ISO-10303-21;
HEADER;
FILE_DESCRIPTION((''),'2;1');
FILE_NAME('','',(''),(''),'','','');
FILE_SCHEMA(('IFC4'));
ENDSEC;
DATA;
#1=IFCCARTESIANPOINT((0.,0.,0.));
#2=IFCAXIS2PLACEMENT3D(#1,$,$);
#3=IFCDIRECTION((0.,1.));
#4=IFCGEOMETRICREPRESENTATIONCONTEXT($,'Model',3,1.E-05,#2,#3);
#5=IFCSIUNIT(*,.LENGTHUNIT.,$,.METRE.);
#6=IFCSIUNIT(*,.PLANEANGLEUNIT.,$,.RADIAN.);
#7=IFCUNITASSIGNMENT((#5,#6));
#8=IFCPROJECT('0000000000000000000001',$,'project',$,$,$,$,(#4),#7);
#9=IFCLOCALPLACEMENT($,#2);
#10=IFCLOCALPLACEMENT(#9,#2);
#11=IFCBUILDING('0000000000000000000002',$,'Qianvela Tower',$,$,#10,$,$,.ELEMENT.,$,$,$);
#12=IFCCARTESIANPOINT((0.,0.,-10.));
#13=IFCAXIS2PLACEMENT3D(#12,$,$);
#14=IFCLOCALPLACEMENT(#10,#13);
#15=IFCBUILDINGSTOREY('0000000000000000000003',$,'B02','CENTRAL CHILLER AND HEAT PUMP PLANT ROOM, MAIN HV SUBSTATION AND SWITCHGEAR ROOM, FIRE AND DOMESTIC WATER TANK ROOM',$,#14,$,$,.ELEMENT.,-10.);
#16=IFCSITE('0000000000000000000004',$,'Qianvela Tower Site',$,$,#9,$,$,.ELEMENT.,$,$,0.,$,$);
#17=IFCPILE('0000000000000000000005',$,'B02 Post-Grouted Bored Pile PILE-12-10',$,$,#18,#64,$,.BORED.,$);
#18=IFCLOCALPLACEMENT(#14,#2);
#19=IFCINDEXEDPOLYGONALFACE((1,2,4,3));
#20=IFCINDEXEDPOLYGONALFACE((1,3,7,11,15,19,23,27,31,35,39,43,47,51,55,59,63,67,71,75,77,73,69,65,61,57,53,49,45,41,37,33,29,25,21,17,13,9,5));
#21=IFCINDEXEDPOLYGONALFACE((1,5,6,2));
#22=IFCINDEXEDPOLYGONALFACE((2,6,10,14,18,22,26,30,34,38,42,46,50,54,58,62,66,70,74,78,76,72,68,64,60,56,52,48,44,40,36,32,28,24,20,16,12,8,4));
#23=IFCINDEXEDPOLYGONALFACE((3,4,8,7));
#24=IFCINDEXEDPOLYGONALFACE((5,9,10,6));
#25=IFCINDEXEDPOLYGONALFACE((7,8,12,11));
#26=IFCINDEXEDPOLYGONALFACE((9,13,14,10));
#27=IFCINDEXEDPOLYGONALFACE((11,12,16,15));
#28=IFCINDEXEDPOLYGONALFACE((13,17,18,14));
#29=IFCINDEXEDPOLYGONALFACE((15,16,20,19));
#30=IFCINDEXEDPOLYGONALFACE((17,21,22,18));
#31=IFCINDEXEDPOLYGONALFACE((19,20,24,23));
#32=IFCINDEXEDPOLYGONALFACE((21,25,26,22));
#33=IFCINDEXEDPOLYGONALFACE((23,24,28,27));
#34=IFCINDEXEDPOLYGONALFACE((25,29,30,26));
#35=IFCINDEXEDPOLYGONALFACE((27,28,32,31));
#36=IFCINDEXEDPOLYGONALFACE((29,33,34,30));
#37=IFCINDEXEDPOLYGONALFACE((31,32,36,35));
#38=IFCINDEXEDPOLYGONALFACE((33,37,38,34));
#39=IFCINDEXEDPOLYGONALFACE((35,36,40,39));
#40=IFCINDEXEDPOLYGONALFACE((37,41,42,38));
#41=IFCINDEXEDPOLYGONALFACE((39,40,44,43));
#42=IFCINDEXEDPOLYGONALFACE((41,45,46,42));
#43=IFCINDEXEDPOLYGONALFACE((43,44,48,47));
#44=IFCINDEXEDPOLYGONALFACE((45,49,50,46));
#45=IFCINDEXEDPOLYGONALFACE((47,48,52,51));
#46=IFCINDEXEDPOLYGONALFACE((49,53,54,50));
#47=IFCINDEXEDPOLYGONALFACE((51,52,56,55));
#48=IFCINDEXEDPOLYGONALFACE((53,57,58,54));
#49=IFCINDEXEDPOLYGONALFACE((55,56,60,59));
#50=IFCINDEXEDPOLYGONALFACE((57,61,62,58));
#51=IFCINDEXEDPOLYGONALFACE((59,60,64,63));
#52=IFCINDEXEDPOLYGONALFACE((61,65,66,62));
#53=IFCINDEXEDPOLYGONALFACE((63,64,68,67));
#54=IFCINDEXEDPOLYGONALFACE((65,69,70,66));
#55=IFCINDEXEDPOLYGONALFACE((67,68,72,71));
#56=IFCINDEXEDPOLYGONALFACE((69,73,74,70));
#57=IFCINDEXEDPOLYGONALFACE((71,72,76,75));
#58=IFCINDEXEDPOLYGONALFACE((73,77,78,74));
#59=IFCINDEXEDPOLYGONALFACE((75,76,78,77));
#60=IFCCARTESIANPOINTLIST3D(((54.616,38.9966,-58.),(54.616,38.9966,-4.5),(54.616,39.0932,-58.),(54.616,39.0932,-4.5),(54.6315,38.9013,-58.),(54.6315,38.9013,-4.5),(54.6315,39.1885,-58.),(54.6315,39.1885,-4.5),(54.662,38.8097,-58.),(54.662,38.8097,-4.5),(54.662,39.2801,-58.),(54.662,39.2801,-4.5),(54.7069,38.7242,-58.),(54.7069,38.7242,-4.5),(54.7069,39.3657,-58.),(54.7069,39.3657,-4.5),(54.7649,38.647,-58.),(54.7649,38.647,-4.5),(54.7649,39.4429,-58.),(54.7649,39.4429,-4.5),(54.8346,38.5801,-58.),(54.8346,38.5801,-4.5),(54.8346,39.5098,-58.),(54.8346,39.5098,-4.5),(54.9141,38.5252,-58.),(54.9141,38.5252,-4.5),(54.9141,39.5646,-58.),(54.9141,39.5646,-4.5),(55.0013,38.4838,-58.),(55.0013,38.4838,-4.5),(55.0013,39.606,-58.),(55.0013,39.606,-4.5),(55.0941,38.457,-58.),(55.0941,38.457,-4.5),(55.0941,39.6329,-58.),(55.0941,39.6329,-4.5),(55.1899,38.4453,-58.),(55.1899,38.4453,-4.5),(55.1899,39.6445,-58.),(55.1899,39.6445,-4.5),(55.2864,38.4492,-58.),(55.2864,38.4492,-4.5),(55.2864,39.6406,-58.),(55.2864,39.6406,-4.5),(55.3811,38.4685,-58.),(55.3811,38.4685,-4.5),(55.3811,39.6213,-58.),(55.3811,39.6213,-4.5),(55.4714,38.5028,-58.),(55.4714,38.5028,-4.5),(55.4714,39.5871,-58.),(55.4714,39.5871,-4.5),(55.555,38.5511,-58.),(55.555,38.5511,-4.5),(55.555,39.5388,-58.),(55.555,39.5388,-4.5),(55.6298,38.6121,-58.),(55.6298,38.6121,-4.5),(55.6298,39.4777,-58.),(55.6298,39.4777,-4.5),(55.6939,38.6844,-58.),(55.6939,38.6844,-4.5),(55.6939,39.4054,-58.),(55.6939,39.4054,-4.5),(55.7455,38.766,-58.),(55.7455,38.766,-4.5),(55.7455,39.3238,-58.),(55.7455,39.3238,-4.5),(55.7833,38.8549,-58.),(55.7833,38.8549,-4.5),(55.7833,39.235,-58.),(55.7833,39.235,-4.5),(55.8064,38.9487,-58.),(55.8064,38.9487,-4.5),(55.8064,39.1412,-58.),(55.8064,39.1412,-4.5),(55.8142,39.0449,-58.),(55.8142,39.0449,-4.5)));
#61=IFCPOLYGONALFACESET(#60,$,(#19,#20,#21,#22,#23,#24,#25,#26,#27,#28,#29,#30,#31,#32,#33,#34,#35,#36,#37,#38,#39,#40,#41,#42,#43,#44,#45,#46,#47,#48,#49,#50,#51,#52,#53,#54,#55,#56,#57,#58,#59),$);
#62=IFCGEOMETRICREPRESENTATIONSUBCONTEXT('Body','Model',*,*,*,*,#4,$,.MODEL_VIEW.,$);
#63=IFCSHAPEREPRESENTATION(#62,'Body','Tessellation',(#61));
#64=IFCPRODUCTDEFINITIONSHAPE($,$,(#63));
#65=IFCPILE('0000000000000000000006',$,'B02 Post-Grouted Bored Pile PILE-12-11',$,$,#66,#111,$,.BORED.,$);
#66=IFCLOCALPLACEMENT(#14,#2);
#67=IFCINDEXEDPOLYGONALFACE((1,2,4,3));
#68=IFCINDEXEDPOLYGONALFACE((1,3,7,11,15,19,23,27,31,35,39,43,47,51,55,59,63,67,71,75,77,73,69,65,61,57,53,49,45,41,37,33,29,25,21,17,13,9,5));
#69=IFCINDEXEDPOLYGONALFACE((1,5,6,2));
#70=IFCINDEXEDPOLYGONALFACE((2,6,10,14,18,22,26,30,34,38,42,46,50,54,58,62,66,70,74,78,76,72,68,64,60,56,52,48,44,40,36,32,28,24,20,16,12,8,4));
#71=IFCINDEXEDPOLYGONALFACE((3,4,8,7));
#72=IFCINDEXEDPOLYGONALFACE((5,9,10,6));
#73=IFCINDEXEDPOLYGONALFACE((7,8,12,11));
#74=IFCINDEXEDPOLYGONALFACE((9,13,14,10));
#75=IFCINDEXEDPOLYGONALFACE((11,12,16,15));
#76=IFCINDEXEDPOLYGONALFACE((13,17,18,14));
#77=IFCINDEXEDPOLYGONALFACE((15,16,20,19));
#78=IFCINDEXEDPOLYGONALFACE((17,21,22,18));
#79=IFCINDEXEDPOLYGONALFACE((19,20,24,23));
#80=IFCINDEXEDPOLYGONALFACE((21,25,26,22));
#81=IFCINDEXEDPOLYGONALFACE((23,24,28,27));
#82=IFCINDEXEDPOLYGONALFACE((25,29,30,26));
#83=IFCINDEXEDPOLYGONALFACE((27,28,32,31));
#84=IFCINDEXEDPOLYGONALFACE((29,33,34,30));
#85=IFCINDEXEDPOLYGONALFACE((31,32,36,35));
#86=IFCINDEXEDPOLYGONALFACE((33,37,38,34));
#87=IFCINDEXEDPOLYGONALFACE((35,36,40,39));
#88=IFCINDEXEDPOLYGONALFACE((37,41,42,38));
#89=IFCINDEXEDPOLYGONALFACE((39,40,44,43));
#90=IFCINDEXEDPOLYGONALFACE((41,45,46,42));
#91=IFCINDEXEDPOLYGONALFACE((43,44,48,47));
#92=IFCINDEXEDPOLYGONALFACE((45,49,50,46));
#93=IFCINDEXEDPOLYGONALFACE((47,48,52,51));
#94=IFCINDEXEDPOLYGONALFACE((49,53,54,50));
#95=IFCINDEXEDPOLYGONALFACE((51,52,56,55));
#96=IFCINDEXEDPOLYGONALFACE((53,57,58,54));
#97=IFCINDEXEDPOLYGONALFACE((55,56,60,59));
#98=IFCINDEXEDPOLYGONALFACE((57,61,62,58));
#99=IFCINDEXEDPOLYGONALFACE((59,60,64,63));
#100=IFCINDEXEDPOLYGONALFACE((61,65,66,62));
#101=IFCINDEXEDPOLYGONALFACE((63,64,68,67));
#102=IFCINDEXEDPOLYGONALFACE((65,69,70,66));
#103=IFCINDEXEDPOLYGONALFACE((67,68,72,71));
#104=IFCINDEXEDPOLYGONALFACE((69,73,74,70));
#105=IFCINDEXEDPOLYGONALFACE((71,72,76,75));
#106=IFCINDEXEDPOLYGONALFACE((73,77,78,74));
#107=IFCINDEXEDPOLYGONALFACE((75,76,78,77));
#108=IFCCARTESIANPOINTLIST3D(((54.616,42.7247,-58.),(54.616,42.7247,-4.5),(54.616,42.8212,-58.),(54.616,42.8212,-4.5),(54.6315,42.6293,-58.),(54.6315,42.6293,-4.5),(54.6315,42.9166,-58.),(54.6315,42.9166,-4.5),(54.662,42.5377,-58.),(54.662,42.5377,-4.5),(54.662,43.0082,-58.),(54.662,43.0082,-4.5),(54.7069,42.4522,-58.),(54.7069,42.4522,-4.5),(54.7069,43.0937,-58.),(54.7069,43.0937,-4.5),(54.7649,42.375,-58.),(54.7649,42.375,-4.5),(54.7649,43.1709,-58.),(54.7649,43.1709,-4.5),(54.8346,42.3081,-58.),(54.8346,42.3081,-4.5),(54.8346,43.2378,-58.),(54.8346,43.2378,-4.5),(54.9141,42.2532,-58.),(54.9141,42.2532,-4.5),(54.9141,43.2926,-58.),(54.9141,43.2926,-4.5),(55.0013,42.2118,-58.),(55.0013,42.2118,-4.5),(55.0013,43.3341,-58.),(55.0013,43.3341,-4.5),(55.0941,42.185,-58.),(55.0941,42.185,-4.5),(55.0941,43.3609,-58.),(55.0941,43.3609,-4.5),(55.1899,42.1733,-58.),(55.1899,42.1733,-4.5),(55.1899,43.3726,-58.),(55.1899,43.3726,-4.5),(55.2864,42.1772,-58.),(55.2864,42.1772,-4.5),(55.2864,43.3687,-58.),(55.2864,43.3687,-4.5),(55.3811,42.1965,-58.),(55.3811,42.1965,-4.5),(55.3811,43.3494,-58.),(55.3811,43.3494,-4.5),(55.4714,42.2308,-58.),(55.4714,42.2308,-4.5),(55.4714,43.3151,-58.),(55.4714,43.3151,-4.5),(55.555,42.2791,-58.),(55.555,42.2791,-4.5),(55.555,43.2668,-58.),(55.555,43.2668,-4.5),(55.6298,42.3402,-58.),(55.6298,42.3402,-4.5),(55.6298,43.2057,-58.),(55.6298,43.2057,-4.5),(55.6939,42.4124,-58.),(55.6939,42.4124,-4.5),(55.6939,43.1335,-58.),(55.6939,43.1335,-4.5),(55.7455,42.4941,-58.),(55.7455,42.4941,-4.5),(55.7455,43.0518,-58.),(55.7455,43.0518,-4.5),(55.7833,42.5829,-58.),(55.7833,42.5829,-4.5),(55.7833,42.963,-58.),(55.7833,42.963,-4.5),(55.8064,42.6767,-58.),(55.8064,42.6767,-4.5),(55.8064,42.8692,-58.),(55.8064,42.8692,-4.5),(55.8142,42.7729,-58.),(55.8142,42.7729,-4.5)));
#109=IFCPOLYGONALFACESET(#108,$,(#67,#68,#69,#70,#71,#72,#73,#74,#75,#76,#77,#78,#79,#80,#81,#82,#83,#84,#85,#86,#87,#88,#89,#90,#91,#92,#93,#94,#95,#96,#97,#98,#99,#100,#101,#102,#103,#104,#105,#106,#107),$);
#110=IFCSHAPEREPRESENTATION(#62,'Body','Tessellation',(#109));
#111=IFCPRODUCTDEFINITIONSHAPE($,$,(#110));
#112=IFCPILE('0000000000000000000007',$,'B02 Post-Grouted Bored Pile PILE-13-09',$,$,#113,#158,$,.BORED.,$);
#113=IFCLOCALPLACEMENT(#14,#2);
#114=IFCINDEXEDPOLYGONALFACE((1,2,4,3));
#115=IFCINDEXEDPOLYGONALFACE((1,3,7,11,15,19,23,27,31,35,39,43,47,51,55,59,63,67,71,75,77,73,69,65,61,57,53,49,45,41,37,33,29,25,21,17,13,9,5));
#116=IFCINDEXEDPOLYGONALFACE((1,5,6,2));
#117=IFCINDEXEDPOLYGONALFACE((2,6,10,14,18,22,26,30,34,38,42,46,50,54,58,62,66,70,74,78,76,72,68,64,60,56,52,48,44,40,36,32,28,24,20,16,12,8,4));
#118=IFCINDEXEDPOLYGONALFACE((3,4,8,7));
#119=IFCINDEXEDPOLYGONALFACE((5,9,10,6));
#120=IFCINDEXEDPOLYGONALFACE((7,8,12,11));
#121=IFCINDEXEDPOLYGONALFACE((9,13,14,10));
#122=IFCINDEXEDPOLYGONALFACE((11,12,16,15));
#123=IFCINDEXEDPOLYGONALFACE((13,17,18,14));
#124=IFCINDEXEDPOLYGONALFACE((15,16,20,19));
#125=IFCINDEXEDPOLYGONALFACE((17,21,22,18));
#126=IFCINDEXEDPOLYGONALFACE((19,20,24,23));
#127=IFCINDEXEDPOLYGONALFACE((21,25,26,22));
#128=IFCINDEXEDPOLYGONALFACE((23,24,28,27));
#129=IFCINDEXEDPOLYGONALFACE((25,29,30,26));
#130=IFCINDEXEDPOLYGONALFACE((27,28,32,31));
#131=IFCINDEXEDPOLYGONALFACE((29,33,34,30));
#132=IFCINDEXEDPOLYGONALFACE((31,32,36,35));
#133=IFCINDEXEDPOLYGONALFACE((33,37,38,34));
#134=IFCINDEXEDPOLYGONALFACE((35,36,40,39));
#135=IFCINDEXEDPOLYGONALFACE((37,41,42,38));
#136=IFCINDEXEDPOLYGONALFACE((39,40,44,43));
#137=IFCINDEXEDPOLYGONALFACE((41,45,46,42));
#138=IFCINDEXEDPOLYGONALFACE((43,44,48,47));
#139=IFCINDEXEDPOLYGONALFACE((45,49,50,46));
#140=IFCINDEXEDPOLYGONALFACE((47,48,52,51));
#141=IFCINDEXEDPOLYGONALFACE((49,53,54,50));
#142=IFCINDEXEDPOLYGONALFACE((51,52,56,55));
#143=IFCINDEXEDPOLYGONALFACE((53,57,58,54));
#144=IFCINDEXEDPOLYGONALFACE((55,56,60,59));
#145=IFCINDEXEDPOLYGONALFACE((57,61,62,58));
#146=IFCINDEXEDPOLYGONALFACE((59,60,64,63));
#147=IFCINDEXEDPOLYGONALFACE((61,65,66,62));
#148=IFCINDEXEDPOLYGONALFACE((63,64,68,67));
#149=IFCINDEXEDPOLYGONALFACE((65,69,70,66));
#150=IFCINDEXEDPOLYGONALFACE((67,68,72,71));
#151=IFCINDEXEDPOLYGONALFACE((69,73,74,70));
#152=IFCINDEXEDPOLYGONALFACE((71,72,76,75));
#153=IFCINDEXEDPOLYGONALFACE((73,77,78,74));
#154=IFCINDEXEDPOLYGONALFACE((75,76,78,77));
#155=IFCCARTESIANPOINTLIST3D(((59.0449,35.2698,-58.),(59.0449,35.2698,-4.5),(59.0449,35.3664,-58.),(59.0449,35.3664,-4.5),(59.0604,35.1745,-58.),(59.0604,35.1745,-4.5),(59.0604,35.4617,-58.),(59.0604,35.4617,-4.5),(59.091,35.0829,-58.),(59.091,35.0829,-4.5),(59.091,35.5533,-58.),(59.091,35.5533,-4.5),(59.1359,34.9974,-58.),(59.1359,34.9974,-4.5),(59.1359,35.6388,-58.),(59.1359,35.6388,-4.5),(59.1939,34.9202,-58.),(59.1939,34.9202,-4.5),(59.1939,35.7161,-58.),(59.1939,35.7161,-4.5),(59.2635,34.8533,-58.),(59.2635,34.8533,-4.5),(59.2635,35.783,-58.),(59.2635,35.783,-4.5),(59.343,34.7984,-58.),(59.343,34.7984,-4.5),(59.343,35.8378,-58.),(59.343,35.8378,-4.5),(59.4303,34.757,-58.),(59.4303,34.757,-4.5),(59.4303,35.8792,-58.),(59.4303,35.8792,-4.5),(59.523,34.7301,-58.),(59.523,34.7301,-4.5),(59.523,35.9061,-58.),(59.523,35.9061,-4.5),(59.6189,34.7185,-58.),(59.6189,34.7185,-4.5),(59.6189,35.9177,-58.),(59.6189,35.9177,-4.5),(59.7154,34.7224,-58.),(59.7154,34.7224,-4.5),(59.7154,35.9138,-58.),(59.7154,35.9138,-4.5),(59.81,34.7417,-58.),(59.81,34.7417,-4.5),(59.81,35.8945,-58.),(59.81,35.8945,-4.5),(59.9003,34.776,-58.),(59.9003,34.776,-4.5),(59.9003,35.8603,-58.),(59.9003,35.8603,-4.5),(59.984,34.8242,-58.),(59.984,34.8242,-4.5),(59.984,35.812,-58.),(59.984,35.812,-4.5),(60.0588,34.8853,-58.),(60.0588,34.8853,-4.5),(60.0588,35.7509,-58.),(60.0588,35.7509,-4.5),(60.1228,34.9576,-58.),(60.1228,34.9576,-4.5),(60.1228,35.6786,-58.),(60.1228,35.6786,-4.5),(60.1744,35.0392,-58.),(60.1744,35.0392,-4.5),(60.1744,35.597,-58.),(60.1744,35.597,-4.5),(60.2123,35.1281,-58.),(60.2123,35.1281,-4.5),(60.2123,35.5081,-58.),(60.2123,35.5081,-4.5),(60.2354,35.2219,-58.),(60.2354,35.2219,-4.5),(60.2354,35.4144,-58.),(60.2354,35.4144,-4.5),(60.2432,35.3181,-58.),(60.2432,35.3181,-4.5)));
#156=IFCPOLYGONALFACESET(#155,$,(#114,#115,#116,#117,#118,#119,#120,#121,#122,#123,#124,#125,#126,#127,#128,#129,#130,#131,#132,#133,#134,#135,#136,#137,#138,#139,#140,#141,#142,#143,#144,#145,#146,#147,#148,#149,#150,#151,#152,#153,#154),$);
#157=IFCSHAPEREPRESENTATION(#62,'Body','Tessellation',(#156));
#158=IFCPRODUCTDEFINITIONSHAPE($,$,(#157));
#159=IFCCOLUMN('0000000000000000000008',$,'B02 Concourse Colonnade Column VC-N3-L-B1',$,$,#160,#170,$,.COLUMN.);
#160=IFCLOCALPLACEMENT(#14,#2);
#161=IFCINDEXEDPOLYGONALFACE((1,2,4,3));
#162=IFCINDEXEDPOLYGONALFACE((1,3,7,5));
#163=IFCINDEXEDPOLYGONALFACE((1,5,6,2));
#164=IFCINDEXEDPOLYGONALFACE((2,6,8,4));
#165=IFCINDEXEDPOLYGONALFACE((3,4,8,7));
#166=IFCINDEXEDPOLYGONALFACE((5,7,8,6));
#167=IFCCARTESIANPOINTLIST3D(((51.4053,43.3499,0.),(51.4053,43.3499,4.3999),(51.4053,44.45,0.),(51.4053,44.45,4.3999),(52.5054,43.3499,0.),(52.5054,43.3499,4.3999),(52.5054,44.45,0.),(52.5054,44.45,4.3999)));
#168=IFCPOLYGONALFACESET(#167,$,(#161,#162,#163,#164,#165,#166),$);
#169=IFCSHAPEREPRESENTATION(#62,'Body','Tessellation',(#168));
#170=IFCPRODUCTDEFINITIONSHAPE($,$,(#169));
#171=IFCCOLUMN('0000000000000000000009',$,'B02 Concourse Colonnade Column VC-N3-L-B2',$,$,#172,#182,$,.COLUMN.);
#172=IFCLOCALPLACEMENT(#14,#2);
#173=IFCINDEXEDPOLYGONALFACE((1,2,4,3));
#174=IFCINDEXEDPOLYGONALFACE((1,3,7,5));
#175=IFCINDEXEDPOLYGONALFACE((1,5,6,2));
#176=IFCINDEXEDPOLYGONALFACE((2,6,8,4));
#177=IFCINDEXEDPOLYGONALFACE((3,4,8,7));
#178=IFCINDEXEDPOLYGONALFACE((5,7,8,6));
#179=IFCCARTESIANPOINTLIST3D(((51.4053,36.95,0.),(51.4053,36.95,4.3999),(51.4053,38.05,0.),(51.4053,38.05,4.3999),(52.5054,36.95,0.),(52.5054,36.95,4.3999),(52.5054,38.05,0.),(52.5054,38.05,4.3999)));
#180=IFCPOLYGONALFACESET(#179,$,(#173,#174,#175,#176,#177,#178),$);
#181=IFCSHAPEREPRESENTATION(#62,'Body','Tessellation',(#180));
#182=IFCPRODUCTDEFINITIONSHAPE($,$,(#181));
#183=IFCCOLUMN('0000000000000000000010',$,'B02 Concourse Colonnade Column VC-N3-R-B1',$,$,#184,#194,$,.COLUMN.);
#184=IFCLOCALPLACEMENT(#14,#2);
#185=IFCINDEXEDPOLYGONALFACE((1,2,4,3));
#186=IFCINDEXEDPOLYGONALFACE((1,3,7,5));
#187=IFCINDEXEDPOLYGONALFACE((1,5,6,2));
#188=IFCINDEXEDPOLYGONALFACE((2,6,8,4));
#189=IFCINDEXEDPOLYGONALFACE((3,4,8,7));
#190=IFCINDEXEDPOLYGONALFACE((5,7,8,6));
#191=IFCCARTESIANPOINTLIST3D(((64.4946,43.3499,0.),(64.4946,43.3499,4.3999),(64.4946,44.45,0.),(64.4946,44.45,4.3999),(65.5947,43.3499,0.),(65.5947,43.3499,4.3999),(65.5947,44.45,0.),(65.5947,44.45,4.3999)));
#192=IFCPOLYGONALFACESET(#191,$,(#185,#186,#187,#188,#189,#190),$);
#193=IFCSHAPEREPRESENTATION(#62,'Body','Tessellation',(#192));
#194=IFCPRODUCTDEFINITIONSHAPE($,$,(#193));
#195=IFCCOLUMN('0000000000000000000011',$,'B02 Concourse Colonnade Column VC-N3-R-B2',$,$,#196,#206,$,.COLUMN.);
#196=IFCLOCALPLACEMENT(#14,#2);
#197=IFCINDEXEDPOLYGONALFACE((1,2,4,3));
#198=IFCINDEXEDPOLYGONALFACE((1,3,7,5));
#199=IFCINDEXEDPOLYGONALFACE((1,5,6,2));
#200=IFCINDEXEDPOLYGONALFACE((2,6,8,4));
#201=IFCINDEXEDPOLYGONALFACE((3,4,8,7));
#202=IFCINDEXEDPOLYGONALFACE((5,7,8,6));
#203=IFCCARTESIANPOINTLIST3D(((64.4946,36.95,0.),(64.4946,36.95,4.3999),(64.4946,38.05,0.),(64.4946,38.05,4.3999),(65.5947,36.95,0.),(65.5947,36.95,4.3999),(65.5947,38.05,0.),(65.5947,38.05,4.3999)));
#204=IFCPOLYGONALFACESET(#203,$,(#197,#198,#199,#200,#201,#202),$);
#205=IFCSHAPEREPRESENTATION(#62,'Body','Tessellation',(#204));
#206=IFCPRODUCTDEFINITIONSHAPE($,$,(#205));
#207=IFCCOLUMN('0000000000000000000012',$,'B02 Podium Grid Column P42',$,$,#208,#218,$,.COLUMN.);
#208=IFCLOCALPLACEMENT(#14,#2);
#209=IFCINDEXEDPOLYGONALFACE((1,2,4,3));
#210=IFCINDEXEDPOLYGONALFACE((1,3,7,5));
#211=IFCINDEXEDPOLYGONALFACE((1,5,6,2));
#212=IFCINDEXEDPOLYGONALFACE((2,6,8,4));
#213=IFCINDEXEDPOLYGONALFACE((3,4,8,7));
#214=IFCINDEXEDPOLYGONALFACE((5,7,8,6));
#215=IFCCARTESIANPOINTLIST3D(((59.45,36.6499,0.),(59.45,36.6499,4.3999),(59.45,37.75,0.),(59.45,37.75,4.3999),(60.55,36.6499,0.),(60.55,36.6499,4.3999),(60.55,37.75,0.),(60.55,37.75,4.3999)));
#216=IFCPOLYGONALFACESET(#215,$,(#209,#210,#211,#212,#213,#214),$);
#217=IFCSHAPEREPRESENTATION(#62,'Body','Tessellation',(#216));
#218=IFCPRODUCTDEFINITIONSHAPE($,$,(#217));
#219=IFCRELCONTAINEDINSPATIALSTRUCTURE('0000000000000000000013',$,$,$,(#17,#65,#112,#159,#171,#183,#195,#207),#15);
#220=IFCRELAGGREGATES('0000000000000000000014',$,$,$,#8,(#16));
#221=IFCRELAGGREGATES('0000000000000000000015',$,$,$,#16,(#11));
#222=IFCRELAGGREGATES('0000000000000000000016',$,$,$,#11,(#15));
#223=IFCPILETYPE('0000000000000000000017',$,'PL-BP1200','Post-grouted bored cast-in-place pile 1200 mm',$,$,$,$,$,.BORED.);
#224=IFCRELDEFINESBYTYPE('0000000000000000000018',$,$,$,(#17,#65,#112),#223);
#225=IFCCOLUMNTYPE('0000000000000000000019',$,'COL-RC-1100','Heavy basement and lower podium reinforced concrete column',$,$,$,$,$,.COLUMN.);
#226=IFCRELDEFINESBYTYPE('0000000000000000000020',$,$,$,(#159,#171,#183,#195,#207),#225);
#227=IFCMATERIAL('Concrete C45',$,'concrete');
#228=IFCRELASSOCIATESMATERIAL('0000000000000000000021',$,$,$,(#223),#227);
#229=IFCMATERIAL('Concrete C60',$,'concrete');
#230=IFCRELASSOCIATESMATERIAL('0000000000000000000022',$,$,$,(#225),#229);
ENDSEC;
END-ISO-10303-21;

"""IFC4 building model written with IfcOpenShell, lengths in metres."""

from ifc_helpers import new_model, si_unit, direction, frame, origin, origin_2d, place, context, subcontext, project, spatial, rectangle, circle, extrude, material, material_profile, profile_set, type_object, element, save


model = new_model("IFC4")

# Units and contexts
model_context = context("Model", 3, precision=1e-05, world=origin(), true_north=direction((0.0, 1.0)))
body_context = subcontext(model_context, "Body", "Model", "MODEL_VIEW")
ifc_project = project(units=[si_unit("LENGTHUNIT", "METRE"), si_unit("PLANEANGLEUNIT", "RADIAN")], contexts=[model_context])

# Site, building, storey
site_placement = place(None, origin())
site = spatial("IfcSite", under=ifc_project, at=site_placement, Name="Qianvela Tower Site", CompositionType="ELEMENT", RefElevation=0.0)
building_placement = place(site_placement, origin())
building = spatial("IfcBuilding", under=site, at=building_placement, Name="Qianvela Tower", CompositionType="ELEMENT")
storey_placement = place(building_placement, frame((0.0, 0.0, -10.0)))
storey = spatial("IfcBuildingStorey", under=building, at=storey_placement, Name="B02", Description="CENTRAL CHILLER AND HEAT PUMP PLANT ROOM, MAIN HV SUBSTATION AND SWITCHGEAR ROOM, FIRE AND DOMESTIC WATER TANK ROOM", CompositionType="ELEMENT", Elevation=-10.0)

# Piles
ifc_material_1 = material(Name="Concrete C45", Category="concrete")
ifc_material_profile_1 = material_profile(ifc_material_1, circle(Radius=0.6001, at=origin_2d()), Name="BP-1200")
ifc_profile_set_1 = profile_set([ifc_material_profile_1], Name="Concrete C45")
pile_type_1 = type_object("IfcPileType", Name="PL-BP1200", Description="Post-grouted bored cast-in-place pile 1200 mm", PredefinedType="BORED", material=ifc_profile_set_1)
for number, where, z_axis, x_axis, name in (
    (1, (55.2141, 39.0449, -4.5), (0.0, 0.0, -1.0), (1.0, 0.0, 0.0), "B02 Post-Grouted Bored Pile PILE-12-10"),
    (2, (55.2141, 42.7729, -4.5), (0.0, 0.0, -1.0), (1.0, 0.0, 0.0), "B02 Post-Grouted Bored Pile PILE-12-11"),
    (3, (59.6431, 35.3181, -4.5), (0.0, 0.0, -1.0), (1.0, 0.0, 0.0), "B02 Post-Grouted Bored Pile PILE-13-09"),
):
    element("IfcPile", number, at=place(storey_placement, frame(where, z_axis=z_axis, x_axis=x_axis)), inside=storey, type_object=pile_type_1, Name=name, PredefinedType="BORED", context=body_context, shape_type="SweptSolid", body=[
        extrude(circle(Radius=0.6001, at=origin_2d()), origin(), (0.0, 0.0, 1.0), 53.5),
    ])

# Columns
ifc_material_2 = material(Name="Concrete C60", Category="concrete")
ifc_material_profile_2 = material_profile(ifc_material_2, rectangle(XDim=1.1001, YDim=1.1001, at=origin_2d()), Name="RC-COL-1100x1100")
ifc_profile_set_2 = profile_set([ifc_material_profile_2], Name="Concrete C60")
column_type = type_object("IfcColumnType", Name="COL-RC-1100", Description="Heavy basement and lower podium reinforced concrete column", PredefinedType="COLUMN", material=ifc_profile_set_2)
for number, where, z_axis, x_axis, name in (
    (4, (51.9553, 43.8999, 0.0), (0.0, 0.0, 1.0), (1.0, 0.0, 0.0), "B02 Concourse Colonnade Column VC-N3-L-B1"),
    (5, (51.9553, 37.5, 0.0), (0.0, 0.0, 1.0), (1.0, 0.0, 0.0), "B02 Concourse Colonnade Column VC-N3-L-B2"),
    (6, (65.0447, 43.8999, 0.0), (0.0, 0.0, 1.0), (1.0, 0.0, 0.0), "B02 Concourse Colonnade Column VC-N3-R-B1"),
    (7, (65.0447, 37.5, 0.0), (0.0, 0.0, 1.0), (1.0, 0.0, 0.0), "B02 Concourse Colonnade Column VC-N3-R-B2"),
    (8, (60.0, 37.2, 0.0), (0.0, 0.0, 1.0), (1.0, 0.0, 0.0), "B02 Podium Grid Column P42"),
):
    element("IfcColumn", number, at=place(storey_placement, frame(where, z_axis=z_axis, x_axis=x_axis)), inside=storey, type_object=column_type, Name=name, PredefinedType="COLUMN", context=body_context, shape_type="SweptSolid", body=[
        extrude(rectangle(XDim=1.1001, YDim=1.1001, at=origin_2d()), origin(), (0.0, 0.0, 1.0), 4.3999),
    ])

save(model, "model.ifc")
